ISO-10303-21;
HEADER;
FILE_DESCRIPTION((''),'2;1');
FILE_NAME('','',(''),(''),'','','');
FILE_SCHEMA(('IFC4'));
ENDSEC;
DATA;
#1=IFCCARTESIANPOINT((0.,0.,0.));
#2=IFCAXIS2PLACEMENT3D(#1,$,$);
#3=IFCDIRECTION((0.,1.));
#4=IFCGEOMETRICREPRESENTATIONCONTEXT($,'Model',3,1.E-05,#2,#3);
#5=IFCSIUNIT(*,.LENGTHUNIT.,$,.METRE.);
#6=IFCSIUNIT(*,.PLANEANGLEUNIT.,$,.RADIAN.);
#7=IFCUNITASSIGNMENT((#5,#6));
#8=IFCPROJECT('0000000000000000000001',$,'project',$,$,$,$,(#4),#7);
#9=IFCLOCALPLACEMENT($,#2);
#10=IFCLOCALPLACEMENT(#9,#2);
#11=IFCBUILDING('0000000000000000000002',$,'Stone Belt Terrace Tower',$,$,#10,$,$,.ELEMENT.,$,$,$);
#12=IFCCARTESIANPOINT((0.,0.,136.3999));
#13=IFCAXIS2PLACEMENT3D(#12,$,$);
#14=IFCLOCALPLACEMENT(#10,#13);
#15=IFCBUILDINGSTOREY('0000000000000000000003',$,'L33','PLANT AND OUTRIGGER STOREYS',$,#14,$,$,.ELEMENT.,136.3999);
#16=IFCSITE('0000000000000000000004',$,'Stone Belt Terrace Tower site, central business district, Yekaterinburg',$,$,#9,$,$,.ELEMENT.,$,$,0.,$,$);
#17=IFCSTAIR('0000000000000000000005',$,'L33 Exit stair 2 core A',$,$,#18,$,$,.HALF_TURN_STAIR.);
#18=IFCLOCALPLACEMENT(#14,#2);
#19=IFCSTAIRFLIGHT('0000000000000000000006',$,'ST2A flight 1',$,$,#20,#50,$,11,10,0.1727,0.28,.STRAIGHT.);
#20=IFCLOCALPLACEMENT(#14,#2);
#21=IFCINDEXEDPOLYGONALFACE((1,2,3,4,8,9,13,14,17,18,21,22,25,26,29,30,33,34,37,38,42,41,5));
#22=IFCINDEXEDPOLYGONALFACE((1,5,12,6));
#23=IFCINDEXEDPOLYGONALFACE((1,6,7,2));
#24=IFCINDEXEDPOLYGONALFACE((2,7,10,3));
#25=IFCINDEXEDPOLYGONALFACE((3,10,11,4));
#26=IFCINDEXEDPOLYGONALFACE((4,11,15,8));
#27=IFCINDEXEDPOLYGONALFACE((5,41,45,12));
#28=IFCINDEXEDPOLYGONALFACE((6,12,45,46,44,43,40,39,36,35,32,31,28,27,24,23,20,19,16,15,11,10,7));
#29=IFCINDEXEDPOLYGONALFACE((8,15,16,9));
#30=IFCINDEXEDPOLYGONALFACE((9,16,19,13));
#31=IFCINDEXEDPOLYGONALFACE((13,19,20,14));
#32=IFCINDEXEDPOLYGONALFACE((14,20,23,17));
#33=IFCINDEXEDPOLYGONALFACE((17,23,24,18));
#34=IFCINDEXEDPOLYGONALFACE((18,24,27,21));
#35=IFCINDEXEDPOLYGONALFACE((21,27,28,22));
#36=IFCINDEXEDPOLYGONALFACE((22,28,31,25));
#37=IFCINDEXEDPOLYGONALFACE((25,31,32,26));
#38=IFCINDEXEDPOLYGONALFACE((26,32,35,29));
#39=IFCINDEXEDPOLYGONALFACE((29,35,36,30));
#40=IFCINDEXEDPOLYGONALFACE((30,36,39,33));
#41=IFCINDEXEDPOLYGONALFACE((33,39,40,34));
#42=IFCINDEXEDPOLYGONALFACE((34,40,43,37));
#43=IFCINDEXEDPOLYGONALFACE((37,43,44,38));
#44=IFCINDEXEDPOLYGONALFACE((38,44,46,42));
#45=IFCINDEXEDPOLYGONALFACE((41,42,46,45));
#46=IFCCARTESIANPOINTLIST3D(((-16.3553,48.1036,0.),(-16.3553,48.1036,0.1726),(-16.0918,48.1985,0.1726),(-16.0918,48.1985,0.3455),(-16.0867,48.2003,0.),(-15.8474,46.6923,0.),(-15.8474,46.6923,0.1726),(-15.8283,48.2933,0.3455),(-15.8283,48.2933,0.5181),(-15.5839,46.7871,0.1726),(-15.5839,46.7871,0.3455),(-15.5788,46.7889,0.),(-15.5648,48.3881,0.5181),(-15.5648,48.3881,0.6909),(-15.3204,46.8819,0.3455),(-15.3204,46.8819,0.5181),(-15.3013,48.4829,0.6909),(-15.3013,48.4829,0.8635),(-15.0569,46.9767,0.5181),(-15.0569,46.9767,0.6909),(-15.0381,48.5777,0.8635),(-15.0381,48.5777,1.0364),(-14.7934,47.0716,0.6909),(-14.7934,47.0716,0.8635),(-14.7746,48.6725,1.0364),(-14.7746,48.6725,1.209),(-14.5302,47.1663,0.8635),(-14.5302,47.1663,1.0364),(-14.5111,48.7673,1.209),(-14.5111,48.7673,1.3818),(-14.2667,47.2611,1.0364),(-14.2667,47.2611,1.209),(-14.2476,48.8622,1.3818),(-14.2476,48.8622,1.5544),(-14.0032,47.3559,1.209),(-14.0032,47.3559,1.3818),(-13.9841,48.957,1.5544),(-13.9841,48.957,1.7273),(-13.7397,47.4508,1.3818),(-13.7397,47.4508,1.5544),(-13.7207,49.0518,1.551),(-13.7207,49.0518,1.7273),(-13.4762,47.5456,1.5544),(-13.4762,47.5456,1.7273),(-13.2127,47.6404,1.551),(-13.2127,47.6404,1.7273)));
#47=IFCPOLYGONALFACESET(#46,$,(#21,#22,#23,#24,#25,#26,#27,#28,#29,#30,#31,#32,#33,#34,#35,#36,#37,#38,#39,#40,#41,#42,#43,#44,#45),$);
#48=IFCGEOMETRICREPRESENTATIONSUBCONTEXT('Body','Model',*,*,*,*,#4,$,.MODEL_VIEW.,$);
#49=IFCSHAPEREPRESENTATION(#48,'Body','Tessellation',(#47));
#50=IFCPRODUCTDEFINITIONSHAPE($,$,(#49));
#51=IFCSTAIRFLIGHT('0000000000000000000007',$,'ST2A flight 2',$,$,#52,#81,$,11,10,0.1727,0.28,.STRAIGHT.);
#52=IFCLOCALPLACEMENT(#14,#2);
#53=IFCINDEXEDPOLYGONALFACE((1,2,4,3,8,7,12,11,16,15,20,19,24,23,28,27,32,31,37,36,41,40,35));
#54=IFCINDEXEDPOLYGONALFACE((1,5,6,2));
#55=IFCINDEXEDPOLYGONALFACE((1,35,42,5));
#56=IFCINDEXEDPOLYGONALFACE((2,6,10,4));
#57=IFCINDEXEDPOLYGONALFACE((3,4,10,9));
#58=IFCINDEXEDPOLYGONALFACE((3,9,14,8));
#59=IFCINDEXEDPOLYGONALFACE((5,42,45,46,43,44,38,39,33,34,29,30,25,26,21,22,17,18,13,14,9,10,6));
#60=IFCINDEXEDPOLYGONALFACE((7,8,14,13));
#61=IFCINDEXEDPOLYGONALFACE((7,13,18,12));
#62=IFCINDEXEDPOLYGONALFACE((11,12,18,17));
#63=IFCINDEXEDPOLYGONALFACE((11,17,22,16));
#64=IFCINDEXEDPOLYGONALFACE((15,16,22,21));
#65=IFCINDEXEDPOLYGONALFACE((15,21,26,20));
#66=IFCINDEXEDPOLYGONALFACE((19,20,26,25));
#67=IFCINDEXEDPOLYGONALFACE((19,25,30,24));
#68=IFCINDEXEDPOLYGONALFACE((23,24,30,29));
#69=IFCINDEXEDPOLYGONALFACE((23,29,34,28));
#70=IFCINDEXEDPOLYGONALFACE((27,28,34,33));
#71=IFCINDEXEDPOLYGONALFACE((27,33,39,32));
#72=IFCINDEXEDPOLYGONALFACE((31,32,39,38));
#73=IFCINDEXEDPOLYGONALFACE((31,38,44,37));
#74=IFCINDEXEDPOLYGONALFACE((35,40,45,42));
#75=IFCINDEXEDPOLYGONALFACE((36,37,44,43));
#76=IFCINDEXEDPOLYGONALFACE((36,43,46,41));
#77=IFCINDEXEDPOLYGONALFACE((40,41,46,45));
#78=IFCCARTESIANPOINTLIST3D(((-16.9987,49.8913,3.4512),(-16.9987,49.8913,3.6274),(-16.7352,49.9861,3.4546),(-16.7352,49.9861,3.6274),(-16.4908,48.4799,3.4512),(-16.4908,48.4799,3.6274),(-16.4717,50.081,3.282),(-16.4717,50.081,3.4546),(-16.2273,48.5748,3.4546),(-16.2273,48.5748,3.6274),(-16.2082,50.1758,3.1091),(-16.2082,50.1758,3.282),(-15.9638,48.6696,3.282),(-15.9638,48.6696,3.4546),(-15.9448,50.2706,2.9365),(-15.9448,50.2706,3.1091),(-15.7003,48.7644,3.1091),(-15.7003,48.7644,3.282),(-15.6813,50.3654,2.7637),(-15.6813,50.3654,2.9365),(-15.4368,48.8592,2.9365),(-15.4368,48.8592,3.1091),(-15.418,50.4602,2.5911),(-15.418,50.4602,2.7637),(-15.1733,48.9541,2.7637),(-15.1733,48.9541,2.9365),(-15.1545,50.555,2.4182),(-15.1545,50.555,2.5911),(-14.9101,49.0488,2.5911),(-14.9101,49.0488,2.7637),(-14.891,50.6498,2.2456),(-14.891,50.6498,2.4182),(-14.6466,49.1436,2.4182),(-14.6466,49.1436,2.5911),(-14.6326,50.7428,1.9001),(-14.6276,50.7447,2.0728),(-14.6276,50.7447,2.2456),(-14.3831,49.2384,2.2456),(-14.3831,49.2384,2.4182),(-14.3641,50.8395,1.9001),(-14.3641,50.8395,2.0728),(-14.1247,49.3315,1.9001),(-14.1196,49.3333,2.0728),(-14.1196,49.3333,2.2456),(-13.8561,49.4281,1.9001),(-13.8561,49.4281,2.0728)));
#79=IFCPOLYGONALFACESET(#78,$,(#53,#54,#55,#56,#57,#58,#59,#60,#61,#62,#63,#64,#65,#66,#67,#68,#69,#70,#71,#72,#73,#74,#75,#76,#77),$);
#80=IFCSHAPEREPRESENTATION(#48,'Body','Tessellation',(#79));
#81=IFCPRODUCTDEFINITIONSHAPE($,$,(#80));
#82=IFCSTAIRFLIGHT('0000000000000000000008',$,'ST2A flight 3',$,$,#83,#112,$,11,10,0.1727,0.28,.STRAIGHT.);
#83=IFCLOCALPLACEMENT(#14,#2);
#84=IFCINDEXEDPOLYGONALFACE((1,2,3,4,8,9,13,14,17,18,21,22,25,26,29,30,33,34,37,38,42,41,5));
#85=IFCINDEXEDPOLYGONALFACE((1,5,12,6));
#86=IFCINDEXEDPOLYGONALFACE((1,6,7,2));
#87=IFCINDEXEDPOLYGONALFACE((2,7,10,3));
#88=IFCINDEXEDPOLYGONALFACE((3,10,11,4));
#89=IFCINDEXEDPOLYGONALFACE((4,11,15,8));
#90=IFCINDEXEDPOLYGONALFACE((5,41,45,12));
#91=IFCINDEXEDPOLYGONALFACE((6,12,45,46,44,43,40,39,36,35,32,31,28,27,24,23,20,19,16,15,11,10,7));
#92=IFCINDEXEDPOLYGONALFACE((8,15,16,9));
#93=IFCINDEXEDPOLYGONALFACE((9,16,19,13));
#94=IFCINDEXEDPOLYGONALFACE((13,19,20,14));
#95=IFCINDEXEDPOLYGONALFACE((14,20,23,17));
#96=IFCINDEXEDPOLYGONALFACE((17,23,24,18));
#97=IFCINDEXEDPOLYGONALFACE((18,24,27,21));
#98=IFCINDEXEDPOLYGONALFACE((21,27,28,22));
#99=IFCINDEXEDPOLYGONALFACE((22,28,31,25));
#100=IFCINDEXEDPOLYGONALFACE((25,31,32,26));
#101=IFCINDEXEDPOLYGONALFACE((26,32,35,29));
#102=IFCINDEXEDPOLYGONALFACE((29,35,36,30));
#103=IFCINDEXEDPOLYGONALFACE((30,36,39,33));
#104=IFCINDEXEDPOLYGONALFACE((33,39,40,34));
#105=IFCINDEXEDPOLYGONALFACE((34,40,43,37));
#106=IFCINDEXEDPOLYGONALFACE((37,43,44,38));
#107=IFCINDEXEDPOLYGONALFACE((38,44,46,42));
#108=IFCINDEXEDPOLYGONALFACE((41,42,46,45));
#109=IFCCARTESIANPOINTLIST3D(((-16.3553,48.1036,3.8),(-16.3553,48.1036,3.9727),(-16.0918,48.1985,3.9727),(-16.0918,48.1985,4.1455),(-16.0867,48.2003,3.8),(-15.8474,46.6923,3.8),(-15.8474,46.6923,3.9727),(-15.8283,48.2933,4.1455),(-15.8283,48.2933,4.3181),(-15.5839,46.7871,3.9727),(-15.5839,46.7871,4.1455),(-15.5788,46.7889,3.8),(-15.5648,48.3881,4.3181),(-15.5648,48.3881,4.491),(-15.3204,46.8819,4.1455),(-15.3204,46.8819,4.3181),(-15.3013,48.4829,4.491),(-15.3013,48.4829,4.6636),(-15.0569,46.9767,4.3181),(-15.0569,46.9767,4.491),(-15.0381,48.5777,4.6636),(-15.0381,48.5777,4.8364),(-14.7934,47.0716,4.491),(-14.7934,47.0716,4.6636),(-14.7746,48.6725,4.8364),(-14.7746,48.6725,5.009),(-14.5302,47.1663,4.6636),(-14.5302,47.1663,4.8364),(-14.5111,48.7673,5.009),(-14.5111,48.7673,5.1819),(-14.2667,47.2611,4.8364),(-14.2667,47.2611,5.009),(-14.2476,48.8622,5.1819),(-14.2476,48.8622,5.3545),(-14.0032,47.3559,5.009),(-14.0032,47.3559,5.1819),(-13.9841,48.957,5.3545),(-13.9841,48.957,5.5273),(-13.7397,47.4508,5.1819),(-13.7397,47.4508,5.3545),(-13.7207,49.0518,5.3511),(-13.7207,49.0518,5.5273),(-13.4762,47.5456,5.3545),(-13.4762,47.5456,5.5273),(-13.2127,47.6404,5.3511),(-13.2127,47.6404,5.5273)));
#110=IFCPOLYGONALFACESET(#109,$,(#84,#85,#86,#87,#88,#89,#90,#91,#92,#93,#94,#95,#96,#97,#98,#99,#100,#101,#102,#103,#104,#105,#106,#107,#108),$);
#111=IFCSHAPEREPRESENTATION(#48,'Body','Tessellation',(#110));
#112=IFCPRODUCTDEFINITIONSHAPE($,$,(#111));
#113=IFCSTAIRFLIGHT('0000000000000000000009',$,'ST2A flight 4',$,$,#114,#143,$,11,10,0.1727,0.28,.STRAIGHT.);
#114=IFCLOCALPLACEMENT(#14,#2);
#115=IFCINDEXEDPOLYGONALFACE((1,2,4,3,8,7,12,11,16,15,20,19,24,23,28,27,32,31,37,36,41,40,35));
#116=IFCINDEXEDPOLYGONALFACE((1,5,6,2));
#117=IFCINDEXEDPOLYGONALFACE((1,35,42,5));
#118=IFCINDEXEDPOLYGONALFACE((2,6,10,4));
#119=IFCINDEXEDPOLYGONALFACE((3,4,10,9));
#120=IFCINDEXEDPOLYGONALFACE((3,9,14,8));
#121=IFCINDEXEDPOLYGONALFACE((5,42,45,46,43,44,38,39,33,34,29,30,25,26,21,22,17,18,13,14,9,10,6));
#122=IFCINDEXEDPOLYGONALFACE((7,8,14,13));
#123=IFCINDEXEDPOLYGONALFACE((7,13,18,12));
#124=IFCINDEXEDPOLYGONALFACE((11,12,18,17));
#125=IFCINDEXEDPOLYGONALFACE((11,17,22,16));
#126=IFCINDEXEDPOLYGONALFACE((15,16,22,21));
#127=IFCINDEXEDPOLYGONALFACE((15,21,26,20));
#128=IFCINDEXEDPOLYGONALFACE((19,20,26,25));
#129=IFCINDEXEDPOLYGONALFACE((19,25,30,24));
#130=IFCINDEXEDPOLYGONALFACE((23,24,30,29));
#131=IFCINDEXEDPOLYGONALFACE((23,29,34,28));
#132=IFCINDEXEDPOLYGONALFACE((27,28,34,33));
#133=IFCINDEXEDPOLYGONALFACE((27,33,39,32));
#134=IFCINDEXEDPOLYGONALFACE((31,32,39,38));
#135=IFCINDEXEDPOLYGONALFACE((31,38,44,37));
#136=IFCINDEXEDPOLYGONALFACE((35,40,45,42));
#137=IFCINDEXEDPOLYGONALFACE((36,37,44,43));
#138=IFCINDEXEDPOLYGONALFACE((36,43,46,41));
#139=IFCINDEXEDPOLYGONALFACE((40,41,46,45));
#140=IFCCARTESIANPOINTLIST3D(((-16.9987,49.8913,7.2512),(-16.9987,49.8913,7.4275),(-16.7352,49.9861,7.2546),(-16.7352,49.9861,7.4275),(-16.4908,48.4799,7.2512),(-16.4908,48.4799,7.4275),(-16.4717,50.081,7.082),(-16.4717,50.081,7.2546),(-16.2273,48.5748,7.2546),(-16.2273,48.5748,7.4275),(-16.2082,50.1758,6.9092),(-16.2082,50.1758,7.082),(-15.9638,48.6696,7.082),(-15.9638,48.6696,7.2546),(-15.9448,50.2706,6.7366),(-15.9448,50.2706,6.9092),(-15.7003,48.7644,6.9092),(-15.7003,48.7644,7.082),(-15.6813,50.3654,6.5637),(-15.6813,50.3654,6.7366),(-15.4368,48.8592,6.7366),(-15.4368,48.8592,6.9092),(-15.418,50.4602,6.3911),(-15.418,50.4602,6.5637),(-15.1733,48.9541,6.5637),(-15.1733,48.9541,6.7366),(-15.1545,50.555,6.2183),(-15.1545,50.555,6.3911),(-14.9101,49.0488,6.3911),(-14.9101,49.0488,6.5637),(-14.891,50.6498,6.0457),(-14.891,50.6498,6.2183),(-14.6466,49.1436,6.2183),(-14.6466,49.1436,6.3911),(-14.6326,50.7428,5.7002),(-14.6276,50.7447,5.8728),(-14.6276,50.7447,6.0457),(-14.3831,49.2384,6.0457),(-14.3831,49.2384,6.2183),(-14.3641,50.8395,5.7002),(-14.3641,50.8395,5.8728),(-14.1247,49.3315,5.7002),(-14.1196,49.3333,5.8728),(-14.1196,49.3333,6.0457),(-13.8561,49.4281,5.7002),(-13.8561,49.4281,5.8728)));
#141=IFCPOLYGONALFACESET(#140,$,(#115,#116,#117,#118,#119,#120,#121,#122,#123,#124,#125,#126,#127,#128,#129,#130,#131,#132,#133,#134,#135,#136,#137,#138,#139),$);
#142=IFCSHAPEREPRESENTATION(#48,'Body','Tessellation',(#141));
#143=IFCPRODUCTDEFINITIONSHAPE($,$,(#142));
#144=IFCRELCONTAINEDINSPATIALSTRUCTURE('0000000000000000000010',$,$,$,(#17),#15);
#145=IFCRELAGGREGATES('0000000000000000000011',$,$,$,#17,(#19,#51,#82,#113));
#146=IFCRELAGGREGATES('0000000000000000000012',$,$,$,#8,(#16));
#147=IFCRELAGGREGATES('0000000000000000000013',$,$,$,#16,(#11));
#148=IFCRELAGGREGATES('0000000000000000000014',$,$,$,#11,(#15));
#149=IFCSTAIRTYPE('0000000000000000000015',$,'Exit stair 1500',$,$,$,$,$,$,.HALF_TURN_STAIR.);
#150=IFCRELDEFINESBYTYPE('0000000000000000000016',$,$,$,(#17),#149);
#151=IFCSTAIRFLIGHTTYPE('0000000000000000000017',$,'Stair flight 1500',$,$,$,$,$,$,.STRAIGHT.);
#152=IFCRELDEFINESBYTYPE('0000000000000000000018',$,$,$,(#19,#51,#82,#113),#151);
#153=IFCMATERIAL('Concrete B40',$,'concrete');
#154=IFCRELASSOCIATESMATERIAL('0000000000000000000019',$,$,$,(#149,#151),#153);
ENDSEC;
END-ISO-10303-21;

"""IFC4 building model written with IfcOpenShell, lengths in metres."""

from ifc_helpers import new_model, si_unit, direction, frame, origin, place, context, subcontext, project, spatial, polyline, outline, extrude, material, type_object, element, aggregate, save


model = new_model("IFC4")

# Units and contexts
model_context = context("Model", 3, precision=1e-05, world=origin(), true_north=direction((0.0, 1.0)))
body_context = subcontext(model_context, "Body", "Model", "MODEL_VIEW")
ifc_project = project(units=[si_unit("LENGTHUNIT", "METRE"), si_unit("PLANEANGLEUNIT", "RADIAN")], contexts=[model_context])

# Site, building, storey
site_placement = place(None, origin())
site = spatial("IfcSite", under=ifc_project, at=site_placement, Name="Stone Belt Terrace Tower site, central business district, Yekaterinburg", CompositionType="ELEMENT", RefElevation=0.0)
building_placement = place(site_placement, origin())
building = spatial("IfcBuilding", under=site, at=building_placement, Name="Stone Belt Terrace Tower", CompositionType="ELEMENT")
storey_placement = place(building_placement, frame((0.0, 0.0, 136.3999)))
storey = spatial("IfcBuildingStorey", under=building, at=storey_placement, Name="L33", Description="PLANT AND OUTRIGGER STOREYS", CompositionType="ELEMENT", Elevation=136.3999)

# Stair, stair flights
ifc_material_1 = material(Name="Concrete B40", Category="concrete")
stair_type = type_object("IfcStairType", Name="Exit stair 1500", PredefinedType="HALF_TURN_STAIR", material=ifc_material_1)
stair_placement = place(storey_placement, origin())
stair = element("IfcStair", 1, at=stair_placement, inside=storey, type_object=stair_type, Name="L33 Exit stair 2 core A", PredefinedType="HALF_TURN_STAIR")
stair_flight_type = type_object("IfcStairFlightType", Name="Stair flight 1500", PredefinedType="STRAIGHT", material=ifc_material_1)
stair_flight_1_placement = place(storey_placement, frame((-16.1013, 47.3979, 0.0), z_axis=(0.0, 0.0, 1.0), x_axis=(0.940922, 0.338624, 0.0)))
stair_flight_1 = element("IfcStairFlight", 2, at=stair_flight_1_placement, type_object=stair_flight_type, Name="ST2A flight 1", NumberOfRisers=11, NumberOfTreads=10, PredefinedType="STRAIGHT", RiserHeight=0.1727, TreadLength=0.28, context=body_context, shape_type="SweptSolid", body=[
    extrude(outline(polyline([(0.0, 0.0), (0.0, 0.1726), (0.28, 0.1726), (0.28, 0.3455), (0.5601, 0.3455), (0.5601, 0.5181), (0.8401, 0.5181), (0.8401, 0.6909), (1.1201, 0.6909), (1.1201, 0.8635), (1.3999, 0.8635), (1.3999, 1.0364), (1.6799, 1.0364), (1.6799, 1.209), (1.96, 1.209), (1.96, 1.3818), (2.24, 1.3818), (2.24, 1.5544), (2.52, 1.5544), (2.52, 1.7273), (2.8, 1.7273), (2.8, 1.8999), (2.8, 1.551), (0.2854, 0.0), (0.0, 0.0)])), frame((0.0, 0.75, 0.0), z_axis=(0.0, -1.0, 0.0), x_axis=(1.0, 0.0, 0.0)), (0.0, 0.0, 1.0), 1.5),
])
stair_flight_2_placement = place(storey_placement, frame((-14.1101, 50.1338, 1.9001), z_axis=(0.0, 0.0, 1.0), x_axis=(-0.940922, -0.338624, 0.0)))
stair_flight_2 = element("IfcStairFlight", 3, at=stair_flight_2_placement, type_object=stair_flight_type, Name="ST2A flight 2", NumberOfRisers=11, NumberOfTreads=10, PredefinedType="STRAIGHT", RiserHeight=0.1727, TreadLength=0.28, context=body_context, shape_type="SweptSolid", body=[
    extrude(outline(polyline([(0.0, 0.0), (0.0, 0.1726), (0.28, 0.1726), (0.28, 0.3455), (0.5601, 0.3455), (0.5601, 0.5181), (0.8401, 0.5181), (0.8401, 0.6909), (1.1201, 0.6909), (1.1201, 0.8635), (1.3999, 0.8635), (1.3999, 1.0364), (1.6799, 1.0364), (1.6799, 1.209), (1.96, 1.209), (1.96, 1.3818), (2.24, 1.3818), (2.24, 1.5544), (2.52, 1.5544), (2.52, 1.7273), (2.8, 1.7273), (2.8, 1.8999), (2.8, 1.551), (0.2854, 0.0), (0.0, 0.0)])), frame((0.0, 0.75, 0.0), z_axis=(0.0, -1.0, 0.0), x_axis=(1.0, 0.0, 0.0)), (0.0, 0.0, 1.0), 1.5),
])
stair_flight_3_placement = place(storey_placement, frame((-16.1013, 47.3979, 3.8), z_axis=(0.0, 0.0, 1.0), x_axis=(0.940922, 0.338624, 0.0)))
stair_flight_3 = element("IfcStairFlight", 4, at=stair_flight_3_placement, type_object=stair_flight_type, Name="ST2A flight 3", NumberOfRisers=11, NumberOfTreads=10, PredefinedType="STRAIGHT", RiserHeight=0.1727, TreadLength=0.28, context=body_context, shape_type="SweptSolid", body=[
    extrude(outline(polyline([(0.0, 0.0), (0.0, 0.1726), (0.28, 0.1726), (0.28, 0.3455), (0.5601, 0.3455), (0.5601, 0.5181), (0.8401, 0.5181), (0.8401, 0.6909), (1.1201, 0.6909), (1.1201, 0.8635), (1.3999, 0.8635), (1.3999, 1.0364), (1.6799, 1.0364), (1.6799, 1.209), (1.96, 1.209), (1.96, 1.3818), (2.24, 1.3818), (2.24, 1.5544), (2.52, 1.5544), (2.52, 1.7273), (2.8, 1.7273), (2.8, 1.8999), (2.8, 1.551), (0.2854, 0.0), (0.0, 0.0)])), frame((0.0, 0.75, 0.0), z_axis=(0.0, -1.0, 0.0), x_axis=(1.0, 0.0, 0.0)), (0.0, 0.0, 1.0), 1.5),
])
stair_flight_4_placement = place(storey_placement, frame((-14.1101, 50.1338, 5.7002), z_axis=(0.0, 0.0, 1.0), x_axis=(-0.940922, -0.338624, 0.0)))
stair_flight_4 = element("IfcStairFlight", 5, at=stair_flight_4_placement, type_object=stair_flight_type, Name="ST2A flight 4", NumberOfRisers=11, NumberOfTreads=10, PredefinedType="STRAIGHT", RiserHeight=0.1727, TreadLength=0.28, context=body_context, shape_type="SweptSolid", body=[
    extrude(outline(polyline([(0.0, 0.0), (0.0, 0.1726), (0.28, 0.1726), (0.28, 0.3455), (0.5601, 0.3455), (0.5601, 0.5181), (0.8401, 0.5181), (0.8401, 0.6909), (1.1201, 0.6909), (1.1201, 0.8635), (1.3999, 0.8635), (1.3999, 1.0364), (1.6799, 1.0364), (1.6799, 1.209), (1.96, 1.209), (1.96, 1.3818), (2.24, 1.3818), (2.24, 1.5544), (2.52, 1.5544), (2.52, 1.7273), (2.8, 1.7273), (2.8, 1.8999), (2.8, 1.551), (0.2854, 0.0), (0.0, 0.0)])), frame((0.0, 0.75, 0.0), z_axis=(0.0, -1.0, 0.0), x_axis=(1.0, 0.0, 0.0)), (0.0, 0.0, 1.0), 1.5),
])
aggregate(stair, [stair_flight_1, stair_flight_2, stair_flight_3, stair_flight_4])

save(model, "model.ifc")
